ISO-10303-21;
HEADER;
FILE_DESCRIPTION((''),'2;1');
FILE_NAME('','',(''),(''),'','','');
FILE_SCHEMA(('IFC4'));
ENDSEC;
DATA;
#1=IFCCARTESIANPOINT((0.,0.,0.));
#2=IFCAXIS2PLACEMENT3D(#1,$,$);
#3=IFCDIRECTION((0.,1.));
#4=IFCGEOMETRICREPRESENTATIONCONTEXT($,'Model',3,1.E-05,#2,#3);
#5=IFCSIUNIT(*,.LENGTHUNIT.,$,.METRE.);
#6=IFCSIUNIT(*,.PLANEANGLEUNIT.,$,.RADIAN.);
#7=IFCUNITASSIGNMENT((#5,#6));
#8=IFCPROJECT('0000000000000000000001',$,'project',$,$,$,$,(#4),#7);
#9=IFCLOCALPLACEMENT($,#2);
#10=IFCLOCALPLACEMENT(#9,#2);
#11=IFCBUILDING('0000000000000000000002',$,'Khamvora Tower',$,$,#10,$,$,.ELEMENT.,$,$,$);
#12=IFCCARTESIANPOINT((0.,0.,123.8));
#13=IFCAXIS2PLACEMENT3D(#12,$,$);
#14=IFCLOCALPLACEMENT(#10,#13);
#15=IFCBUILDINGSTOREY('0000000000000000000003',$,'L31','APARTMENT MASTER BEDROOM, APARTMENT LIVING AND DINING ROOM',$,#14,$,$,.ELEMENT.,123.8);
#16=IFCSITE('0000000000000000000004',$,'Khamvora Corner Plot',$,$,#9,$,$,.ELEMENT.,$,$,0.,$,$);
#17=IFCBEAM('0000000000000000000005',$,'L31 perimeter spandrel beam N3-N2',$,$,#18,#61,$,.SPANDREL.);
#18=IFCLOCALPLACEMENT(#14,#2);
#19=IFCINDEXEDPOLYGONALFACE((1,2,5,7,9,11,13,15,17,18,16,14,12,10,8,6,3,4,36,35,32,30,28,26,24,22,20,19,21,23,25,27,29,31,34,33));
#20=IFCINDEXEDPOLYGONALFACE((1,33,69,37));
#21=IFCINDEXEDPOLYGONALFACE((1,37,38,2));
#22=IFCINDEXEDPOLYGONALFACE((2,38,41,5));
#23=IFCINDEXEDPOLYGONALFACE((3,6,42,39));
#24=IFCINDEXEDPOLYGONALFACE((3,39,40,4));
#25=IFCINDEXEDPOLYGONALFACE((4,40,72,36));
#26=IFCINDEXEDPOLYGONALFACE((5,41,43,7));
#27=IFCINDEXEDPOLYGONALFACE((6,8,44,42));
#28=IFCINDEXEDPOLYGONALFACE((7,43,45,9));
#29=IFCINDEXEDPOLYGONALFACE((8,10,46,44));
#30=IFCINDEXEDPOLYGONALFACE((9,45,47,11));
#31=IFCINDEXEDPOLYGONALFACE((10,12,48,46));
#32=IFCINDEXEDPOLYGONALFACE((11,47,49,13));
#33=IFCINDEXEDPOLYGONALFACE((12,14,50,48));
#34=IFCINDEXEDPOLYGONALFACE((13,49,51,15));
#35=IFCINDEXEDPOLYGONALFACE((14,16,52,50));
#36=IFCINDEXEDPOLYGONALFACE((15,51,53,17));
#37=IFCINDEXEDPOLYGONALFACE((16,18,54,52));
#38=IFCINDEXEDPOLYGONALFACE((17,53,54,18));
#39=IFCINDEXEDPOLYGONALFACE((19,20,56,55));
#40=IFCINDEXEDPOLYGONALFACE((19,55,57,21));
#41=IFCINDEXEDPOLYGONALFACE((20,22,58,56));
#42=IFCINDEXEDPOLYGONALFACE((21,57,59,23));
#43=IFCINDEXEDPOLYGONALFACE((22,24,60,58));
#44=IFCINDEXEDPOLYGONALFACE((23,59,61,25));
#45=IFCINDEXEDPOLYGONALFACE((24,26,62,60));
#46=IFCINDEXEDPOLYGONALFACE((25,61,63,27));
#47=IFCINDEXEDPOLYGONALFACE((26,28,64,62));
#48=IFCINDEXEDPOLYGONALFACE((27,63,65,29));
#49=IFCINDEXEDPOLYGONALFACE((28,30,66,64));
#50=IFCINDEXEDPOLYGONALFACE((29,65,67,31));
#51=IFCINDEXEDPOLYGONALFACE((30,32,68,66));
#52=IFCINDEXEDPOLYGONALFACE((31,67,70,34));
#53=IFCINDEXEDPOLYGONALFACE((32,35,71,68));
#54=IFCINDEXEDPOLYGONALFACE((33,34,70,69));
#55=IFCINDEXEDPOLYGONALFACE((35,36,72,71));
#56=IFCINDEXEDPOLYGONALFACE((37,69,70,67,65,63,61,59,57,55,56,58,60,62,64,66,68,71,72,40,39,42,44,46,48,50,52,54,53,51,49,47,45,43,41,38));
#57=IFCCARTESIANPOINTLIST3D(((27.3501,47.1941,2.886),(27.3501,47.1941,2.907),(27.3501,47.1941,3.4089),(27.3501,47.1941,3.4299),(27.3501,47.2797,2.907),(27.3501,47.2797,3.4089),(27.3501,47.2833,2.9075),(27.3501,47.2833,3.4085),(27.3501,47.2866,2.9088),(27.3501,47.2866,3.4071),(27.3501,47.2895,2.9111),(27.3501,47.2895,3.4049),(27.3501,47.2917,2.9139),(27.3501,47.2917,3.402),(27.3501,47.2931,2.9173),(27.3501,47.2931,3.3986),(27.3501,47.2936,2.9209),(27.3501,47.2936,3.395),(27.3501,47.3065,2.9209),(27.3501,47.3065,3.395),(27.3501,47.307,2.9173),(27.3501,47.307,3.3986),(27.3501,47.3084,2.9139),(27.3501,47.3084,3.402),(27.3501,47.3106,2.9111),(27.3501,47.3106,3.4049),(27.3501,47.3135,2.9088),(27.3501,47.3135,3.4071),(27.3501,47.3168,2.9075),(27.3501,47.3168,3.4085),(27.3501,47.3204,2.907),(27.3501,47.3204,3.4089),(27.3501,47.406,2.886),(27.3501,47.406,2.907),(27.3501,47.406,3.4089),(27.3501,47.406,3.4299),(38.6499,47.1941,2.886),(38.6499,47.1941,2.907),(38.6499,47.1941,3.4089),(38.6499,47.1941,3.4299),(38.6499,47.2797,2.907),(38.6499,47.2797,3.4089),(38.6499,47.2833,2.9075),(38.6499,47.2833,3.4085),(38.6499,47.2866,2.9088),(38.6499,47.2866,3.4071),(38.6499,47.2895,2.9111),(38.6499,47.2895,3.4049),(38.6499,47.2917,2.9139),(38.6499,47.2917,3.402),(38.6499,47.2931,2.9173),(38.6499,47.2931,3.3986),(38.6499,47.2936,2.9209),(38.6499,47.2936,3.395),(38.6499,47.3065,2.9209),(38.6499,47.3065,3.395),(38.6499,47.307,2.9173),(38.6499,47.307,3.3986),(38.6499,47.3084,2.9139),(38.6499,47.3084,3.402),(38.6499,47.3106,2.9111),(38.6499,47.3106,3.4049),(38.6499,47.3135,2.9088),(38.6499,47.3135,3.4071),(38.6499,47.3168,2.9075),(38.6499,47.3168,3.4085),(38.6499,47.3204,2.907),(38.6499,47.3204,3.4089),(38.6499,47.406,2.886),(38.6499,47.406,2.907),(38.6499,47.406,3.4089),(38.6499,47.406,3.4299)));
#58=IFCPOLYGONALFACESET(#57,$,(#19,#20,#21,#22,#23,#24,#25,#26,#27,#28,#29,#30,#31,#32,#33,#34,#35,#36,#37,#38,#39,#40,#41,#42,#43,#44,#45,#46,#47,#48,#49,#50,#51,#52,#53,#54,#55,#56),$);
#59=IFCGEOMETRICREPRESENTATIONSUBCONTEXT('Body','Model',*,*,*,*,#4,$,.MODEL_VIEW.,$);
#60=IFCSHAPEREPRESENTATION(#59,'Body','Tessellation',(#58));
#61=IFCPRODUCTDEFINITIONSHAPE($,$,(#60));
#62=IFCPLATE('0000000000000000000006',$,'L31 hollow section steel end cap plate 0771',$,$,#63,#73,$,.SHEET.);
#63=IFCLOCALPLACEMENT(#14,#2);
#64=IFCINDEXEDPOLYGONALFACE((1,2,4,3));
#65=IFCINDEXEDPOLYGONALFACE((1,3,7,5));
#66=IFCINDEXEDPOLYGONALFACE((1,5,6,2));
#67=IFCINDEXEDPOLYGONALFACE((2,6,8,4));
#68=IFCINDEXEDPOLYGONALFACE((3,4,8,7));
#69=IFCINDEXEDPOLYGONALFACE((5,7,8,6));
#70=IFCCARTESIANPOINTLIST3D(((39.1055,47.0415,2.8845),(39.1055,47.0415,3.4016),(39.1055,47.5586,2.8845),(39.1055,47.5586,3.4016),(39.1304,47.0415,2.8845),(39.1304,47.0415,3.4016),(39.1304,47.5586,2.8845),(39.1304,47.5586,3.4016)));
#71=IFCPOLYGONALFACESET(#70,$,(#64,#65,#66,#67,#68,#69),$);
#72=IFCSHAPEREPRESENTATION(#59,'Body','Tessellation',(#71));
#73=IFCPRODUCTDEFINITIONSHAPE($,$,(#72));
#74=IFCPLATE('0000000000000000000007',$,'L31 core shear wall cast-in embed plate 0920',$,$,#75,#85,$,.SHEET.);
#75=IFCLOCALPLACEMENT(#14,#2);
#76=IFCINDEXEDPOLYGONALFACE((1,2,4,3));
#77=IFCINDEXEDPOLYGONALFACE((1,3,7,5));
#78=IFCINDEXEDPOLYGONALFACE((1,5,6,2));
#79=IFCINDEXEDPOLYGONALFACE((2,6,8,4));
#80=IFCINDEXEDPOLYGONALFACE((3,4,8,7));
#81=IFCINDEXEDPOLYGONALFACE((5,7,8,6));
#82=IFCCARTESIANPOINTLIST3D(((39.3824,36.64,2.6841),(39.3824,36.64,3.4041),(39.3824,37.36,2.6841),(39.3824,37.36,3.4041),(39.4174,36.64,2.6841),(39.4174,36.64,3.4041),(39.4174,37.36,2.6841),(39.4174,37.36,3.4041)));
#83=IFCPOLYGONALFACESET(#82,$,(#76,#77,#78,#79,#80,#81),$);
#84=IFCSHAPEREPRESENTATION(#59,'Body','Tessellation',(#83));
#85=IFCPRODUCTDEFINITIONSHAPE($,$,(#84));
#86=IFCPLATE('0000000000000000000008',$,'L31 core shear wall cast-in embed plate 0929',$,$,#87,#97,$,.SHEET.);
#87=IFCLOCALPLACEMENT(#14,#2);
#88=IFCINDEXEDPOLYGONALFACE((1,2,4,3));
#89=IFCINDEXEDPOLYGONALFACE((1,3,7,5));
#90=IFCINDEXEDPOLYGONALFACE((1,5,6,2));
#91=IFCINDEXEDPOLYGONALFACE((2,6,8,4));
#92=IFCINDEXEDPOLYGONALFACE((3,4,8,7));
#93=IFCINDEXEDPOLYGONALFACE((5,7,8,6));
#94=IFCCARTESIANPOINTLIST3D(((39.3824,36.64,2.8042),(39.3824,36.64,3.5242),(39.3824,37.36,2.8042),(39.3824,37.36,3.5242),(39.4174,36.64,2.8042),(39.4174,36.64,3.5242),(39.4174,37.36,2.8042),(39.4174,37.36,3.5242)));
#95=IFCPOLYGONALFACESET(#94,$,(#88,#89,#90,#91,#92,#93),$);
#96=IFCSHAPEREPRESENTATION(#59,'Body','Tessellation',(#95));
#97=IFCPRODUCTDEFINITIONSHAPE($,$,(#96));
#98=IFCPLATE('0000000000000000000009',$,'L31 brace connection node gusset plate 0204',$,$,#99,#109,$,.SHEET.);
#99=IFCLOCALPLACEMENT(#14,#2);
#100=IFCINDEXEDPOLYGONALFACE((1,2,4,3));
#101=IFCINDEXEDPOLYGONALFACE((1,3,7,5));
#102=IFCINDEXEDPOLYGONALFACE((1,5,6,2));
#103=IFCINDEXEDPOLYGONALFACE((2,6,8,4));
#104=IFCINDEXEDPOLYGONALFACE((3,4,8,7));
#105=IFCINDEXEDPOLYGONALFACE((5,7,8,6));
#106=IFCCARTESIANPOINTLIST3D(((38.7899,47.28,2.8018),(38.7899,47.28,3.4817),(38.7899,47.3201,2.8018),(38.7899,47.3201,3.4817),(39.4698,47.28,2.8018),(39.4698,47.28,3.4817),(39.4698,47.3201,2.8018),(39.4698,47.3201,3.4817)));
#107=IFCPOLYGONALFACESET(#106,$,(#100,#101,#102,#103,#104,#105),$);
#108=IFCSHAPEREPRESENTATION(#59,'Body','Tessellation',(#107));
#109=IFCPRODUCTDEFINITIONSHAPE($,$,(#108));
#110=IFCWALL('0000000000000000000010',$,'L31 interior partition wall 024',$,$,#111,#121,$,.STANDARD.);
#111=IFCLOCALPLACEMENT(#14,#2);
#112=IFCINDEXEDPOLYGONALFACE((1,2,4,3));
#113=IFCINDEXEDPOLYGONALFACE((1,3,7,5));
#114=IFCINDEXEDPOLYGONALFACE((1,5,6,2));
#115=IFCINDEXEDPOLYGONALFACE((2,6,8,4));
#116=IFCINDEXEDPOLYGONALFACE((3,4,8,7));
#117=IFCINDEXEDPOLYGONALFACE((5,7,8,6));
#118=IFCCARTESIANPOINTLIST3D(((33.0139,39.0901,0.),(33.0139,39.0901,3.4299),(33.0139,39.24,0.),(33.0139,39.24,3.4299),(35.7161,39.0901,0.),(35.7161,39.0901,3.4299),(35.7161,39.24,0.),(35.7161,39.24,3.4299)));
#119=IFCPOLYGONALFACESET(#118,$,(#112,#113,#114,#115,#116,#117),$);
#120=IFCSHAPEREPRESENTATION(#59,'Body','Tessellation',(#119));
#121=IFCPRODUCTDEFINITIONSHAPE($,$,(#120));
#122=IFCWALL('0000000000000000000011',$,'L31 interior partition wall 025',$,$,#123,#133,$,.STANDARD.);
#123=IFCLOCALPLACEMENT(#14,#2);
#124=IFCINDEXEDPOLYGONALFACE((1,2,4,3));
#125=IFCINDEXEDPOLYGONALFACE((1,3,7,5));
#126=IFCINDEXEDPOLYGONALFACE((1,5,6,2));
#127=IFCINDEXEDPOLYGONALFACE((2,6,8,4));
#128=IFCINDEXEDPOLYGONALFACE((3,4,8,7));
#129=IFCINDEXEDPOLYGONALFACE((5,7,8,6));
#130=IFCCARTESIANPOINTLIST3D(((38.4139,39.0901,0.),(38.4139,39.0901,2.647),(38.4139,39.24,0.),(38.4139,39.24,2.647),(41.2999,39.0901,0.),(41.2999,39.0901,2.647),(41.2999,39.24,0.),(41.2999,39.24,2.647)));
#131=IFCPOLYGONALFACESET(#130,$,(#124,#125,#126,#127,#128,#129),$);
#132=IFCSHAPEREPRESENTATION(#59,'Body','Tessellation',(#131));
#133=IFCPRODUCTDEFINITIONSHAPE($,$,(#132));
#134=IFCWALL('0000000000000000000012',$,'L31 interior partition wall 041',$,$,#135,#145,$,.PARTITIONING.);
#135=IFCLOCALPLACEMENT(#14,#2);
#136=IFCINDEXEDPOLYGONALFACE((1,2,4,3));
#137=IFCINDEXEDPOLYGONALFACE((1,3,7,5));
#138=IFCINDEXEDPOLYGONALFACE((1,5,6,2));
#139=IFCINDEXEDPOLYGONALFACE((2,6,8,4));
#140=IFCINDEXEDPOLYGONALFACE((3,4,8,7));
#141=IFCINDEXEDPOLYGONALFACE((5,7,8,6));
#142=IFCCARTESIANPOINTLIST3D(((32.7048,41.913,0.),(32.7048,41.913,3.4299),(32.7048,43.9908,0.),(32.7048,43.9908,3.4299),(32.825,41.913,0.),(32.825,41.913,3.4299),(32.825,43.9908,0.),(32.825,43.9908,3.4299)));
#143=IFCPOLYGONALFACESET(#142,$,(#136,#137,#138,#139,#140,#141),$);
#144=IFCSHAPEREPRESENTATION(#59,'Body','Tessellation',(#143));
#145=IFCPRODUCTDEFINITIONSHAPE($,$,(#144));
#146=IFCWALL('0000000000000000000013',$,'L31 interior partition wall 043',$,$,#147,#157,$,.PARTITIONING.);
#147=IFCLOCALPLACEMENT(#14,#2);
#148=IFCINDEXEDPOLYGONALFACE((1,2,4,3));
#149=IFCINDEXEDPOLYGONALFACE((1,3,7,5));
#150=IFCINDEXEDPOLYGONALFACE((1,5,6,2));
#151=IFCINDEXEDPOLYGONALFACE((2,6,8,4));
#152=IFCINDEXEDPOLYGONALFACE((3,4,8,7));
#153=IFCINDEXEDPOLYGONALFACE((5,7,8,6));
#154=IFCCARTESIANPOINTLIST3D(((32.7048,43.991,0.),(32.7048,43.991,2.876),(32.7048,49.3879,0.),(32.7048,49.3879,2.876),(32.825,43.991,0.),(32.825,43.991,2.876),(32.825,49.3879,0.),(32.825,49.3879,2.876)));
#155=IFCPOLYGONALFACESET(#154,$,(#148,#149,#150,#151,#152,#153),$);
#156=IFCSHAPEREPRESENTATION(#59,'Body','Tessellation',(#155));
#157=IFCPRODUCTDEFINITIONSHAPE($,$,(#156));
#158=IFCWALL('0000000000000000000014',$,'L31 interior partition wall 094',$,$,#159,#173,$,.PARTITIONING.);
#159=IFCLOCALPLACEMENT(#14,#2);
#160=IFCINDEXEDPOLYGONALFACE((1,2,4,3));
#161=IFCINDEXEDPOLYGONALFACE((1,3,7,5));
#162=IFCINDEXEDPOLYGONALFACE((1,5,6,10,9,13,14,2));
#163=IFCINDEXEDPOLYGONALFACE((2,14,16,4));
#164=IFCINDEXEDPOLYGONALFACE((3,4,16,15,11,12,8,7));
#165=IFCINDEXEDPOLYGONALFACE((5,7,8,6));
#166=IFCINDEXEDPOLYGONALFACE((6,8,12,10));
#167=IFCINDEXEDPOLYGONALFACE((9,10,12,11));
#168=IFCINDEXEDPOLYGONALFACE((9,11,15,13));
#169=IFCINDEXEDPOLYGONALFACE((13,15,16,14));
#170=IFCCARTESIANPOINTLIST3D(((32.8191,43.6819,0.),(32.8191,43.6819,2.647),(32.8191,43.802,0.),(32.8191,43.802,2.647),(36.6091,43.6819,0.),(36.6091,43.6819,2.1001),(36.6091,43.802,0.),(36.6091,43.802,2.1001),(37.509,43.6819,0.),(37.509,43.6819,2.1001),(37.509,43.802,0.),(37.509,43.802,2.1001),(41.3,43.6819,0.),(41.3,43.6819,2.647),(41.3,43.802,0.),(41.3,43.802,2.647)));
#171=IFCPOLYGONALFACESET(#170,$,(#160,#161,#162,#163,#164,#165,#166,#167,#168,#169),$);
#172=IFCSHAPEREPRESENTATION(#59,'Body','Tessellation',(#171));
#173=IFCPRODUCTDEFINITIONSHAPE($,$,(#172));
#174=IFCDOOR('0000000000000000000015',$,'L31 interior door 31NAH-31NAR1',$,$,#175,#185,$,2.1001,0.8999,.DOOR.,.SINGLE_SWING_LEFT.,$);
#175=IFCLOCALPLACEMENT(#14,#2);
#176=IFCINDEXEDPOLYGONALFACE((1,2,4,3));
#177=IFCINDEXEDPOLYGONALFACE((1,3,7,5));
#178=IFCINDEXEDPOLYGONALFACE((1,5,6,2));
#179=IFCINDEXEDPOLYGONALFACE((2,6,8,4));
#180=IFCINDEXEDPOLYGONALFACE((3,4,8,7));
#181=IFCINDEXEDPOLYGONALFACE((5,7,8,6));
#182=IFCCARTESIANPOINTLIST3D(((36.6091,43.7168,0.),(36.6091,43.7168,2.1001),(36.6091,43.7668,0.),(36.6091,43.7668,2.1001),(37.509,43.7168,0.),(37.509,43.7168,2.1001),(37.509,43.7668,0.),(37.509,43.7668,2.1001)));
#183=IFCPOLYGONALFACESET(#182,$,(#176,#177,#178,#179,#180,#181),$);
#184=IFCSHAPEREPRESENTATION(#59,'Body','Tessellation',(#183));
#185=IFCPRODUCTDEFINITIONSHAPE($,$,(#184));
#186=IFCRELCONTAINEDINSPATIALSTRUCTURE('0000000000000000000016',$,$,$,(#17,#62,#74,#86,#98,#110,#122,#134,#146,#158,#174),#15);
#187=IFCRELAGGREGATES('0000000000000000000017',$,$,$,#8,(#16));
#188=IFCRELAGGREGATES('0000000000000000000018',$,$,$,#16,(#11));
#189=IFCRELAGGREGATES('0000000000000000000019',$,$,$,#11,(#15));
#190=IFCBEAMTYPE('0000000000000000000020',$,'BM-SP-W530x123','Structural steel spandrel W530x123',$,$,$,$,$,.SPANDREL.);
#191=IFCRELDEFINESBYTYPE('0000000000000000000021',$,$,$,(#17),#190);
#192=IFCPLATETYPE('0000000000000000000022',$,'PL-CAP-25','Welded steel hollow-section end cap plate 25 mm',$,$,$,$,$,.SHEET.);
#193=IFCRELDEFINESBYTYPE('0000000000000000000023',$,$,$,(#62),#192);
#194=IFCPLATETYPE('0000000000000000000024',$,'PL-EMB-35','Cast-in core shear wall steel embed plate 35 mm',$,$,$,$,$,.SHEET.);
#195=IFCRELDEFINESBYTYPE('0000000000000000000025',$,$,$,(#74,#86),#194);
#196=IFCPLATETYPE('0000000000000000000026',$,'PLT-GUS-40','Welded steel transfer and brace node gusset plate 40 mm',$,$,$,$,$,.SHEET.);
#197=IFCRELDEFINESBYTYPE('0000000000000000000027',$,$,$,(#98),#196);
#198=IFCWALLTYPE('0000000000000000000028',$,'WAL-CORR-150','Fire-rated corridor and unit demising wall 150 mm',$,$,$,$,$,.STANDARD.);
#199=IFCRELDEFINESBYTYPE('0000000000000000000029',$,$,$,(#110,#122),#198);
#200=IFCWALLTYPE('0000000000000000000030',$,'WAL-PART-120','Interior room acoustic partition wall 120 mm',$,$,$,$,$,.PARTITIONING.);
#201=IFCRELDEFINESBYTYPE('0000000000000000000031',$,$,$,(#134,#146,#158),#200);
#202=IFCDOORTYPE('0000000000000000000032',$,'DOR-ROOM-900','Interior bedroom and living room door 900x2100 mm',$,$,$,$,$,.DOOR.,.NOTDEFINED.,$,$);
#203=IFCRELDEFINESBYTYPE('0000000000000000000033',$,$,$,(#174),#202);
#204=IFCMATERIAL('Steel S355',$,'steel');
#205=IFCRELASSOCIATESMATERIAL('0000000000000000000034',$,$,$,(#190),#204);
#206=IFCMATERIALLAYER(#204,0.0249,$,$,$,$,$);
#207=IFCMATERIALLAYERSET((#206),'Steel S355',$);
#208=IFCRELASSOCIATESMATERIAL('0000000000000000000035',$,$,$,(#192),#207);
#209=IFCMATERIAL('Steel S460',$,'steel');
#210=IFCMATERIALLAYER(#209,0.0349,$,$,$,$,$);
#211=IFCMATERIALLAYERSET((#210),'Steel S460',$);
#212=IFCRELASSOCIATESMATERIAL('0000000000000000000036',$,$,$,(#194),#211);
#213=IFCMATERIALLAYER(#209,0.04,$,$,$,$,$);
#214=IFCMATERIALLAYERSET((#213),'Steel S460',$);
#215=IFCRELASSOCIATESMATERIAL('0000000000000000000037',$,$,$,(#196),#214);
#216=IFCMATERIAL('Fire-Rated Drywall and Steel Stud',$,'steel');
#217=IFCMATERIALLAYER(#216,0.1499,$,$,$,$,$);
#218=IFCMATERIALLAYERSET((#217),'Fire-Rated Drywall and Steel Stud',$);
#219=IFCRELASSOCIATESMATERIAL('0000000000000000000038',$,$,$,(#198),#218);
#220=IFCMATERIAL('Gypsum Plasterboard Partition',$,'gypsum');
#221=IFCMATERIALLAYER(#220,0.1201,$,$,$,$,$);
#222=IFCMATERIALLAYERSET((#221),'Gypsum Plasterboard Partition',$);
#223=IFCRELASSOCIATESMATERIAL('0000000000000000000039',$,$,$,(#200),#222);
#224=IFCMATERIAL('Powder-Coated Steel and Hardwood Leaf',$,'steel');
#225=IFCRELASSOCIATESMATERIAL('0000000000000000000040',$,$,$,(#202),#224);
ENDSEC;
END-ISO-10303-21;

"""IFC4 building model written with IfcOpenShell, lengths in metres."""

from ifc_helpers import new_model, si_unit, direction, frame, frame_2d, origin, origin_2d, place, context, subcontext, project, spatial, rectangle, i_section, extrude, material, layer, layer_set, material_profile, profile_set, type_object, element, fill, save


model = new_model("IFC4")

# Units and contexts
model_context = context("Model", 3, precision=1e-05, world=origin(), true_north=direction((0.0, 1.0)))
body_context = subcontext(model_context, "Body", "Model", "MODEL_VIEW")
ifc_project = project(units=[si_unit("LENGTHUNIT", "METRE"), si_unit("PLANEANGLEUNIT", "RADIAN")], contexts=[model_context])

# Site, building, storey
site_placement = place(None, origin())
site = spatial("IfcSite", under=ifc_project, at=site_placement, Name="Khamvora Corner Plot", CompositionType="ELEMENT", RefElevation=0.0)
building_placement = place(site_placement, origin())
building = spatial("IfcBuilding", under=site, at=building_placement, Name="Khamvora Tower", CompositionType="ELEMENT")
storey_placement = place(building_placement, frame((0.0, 0.0, 123.8)))
storey = spatial("IfcBuildingStorey", under=building, at=storey_placement, Name="L31", Description="APARTMENT MASTER BEDROOM, APARTMENT LIVING AND DINING ROOM", CompositionType="ELEMENT", Elevation=123.8)

# Shared definitions
ifc_material_1 = material(Name="Steel S355", Category="steel")
ifc_material_2 = material(Name="Steel S460", Category="steel")

# Beam
ifc_material_profile_1 = material_profile(ifc_material_1, i_section(OverallWidth=0.2119, OverallDepth=0.5439, WebThickness=0.0129, FlangeThickness=0.021, FilletRadius=0.0139, at=origin_2d()), Name="W530x123")
ifc_profile_set_1 = profile_set([ifc_material_profile_1], Name="Steel S355")
beam_type_1 = type_object("IfcBeamType", Name="BM-SP-W530x123", Description="Structural steel spandrel W530x123", PredefinedType="SPANDREL", material=ifc_profile_set_1)
beam_1_placement = place(storey_placement, frame((38.6499, 47.3, 3.158), z_axis=(-1.0, 0.0, 0.0), x_axis=(0.0, -1.0, 0.0)))
element("IfcBeam", 1, at=beam_1_placement, inside=storey, type_object=beam_type_1, Name="L31 perimeter spandrel beam N3-N2", PredefinedType="SPANDREL", context=body_context, shape_type="SweptSolid", body=[
    extrude(i_section(OverallWidth=0.2119, OverallDepth=0.5439, WebThickness=0.0129, FlangeThickness=0.021, FilletRadius=0.0139, at=origin_2d()), origin(), (0.0, 0.0, 1.0), 11.2998),
])

# Plates
ifc_layer_1 = layer(ifc_material_1, 0.0249)
ifc_layer_set_1 = layer_set([ifc_layer_1], Name="Steel S355")
plate_type_1 = type_object("IfcPlateType", Name="PL-CAP-25", Description="Welded steel hollow-section end cap plate 25 mm", PredefinedType="SHEET", material=ifc_layer_set_1)
plate_1_placement = place(storey_placement, frame((39.1179, 47.3, 2.8845), z_axis=(0.0, 0.0, 1.0), x_axis=(-1.0, 0.0, 0.0)))
element("IfcPlate", 2, at=plate_1_placement, inside=storey, type_object=plate_type_1, Name="L31 hollow section steel end cap plate 0771", PredefinedType="SHEET", context=body_context, shape_type="SweptSolid", body=[
    extrude(rectangle(XDim=0.0249, YDim=0.5171, at=origin_2d()), origin(), (0.0, 0.0, 1.0), 0.5171),
])
ifc_layer_2 = layer(ifc_material_2, 0.0349)
ifc_layer_set_2 = layer_set([ifc_layer_2], Name="Steel S460")
plate_type_2 = type_object("IfcPlateType", Name="PL-EMB-35", Description="Cast-in core shear wall steel embed plate 35 mm", PredefinedType="SHEET", material=ifc_layer_set_2)
for number, where, z_axis, x_axis, name in (
    (3, (39.3999, 37.0, 2.6841), (0.0, 0.0, 1.0), (1.0, 0.0, 0.0), "L31 core shear wall cast-in embed plate 0920"),
    (4, (39.3999, 37.0, 2.8042), (0.0, 0.0, 1.0), (1.0, 0.0, 0.0), "L31 core shear wall cast-in embed plate 0929"),
):
    element("IfcPlate", number, at=place(storey_placement, frame(where, z_axis=z_axis, x_axis=x_axis)), inside=storey, type_object=plate_type_2, Name=name, PredefinedType="SHEET", context=body_context, shape_type="SweptSolid", body=[
        extrude(rectangle(XDim=0.0349, YDim=0.72, at=origin_2d()), origin(), (0.0, 0.0, 1.0), 0.72),
    ])
ifc_layer_3 = layer(ifc_material_2, 0.04)
ifc_layer_set_3 = layer_set([ifc_layer_3], Name="Steel S460")
plate_type_3 = type_object("IfcPlateType", Name="PLT-GUS-40", Description="Welded steel transfer and brace node gusset plate 40 mm", PredefinedType="SHEET", material=ifc_layer_set_3)
plate_2_placement = place(storey_placement, frame((39.1299, 47.3, 2.8018), z_axis=(0.0, 0.0, 1.0), x_axis=(1.0, 0.0, 0.0)))
element("IfcPlate", 5, at=plate_2_placement, inside=storey, type_object=plate_type_3, Name="L31 brace connection node gusset plate 0204", PredefinedType="SHEET", context=body_context, shape_type="SweptSolid", body=[
    extrude(rectangle(XDim=0.6799, YDim=0.04, at=origin_2d()), origin(), (0.0, 0.0, 1.0), 0.6799),
])

# Shared definitions
ifc_material_3 = material(Name="Fire-Rated Drywall and Steel Stud", Category="steel")
ifc_layer_4 = layer(ifc_material_3, 0.1499)
ifc_layer_set_4 = layer_set([ifc_layer_4], Name="Fire-Rated Drywall and Steel Stud")
wall_type_1 = type_object("IfcWallType", Name="WAL-CORR-150", Description="Fire-rated corridor and unit demising wall 150 mm", PredefinedType="STANDARD", material=ifc_layer_set_4)
ifc_material_4 = material(Name="Powder-Coated Steel and Hardwood Leaf", Category="steel")

# Walls
wall_1_placement = place(storey_placement, frame((33.0139, 39.165, 0.0), z_axis=(0.0, 0.0, 1.0), x_axis=(1.0, 0.0, 0.0)))
element("IfcWall", 6, at=wall_1_placement, inside=storey, type_object=wall_type_1, Name="L31 interior partition wall 024", PredefinedType="STANDARD", context=body_context, shape_type="SweptSolid", body=[
    extrude(rectangle(XDim=2.7021, YDim=0.1499, at=frame_2d((1.3511, 0.0))), origin(), (0.0, 0.0, 1.0), 3.4299),
])
wall_2_placement = place(storey_placement, frame((38.4141, 39.165, 0.0), z_axis=(0.0, 0.0, 1.0), x_axis=(1.0, 0.0, 0.0)))
element("IfcWall", 7, at=wall_2_placement, inside=storey, type_object=wall_type_1, Name="L31 interior partition wall 025", PredefinedType="STANDARD", context=body_context, shape_type="SweptSolid", body=[
    extrude(rectangle(XDim=2.886, YDim=0.1499, at=frame_2d((1.4429, 0.0))), origin(), (0.0, 0.0, 1.0), 2.647),
])
ifc_material_5 = material(Name="Gypsum Plasterboard Partition", Category="gypsum")
ifc_layer_5 = layer(ifc_material_5, 0.1201)
ifc_layer_set_5 = layer_set([ifc_layer_5], Name="Gypsum Plasterboard Partition")
wall_type_2 = type_object("IfcWallType", Name="WAL-PART-120", Description="Interior room acoustic partition wall 120 mm", PredefinedType="PARTITIONING", material=ifc_layer_set_5)
wall_3_placement = place(storey_placement, frame((32.7649, 43.991, 0.0), z_axis=(0.0, 0.0, 1.0), x_axis=(0.0, -1.0, 0.0)))
element("IfcWall", 8, at=wall_3_placement, inside=storey, type_object=wall_type_2, Name="L31 interior partition wall 041", PredefinedType="PARTITIONING", context=body_context, shape_type="SweptSolid", body=[
    extrude(rectangle(XDim=2.0779, YDim=0.1201, at=frame_2d((1.0391, 0.0))), origin(), (0.0, 0.0, 1.0), 3.4299),
])
wall_4_placement = place(storey_placement, frame((32.7649, 49.3879, 0.0), z_axis=(0.0, 0.0, 1.0), x_axis=(0.0, -1.0, 0.0)))
element("IfcWall", 9, at=wall_4_placement, inside=storey, type_object=wall_type_2, Name="L31 interior partition wall 043", PredefinedType="PARTITIONING", context=body_context, shape_type="SweptSolid", body=[
    extrude(rectangle(XDim=5.397, YDim=0.1201, at=frame_2d((2.6985, 0.0))), origin(), (0.0, 0.0, 1.0), 2.876),
])

# Wall, opening, door
wall_5_placement = place(storey_placement, frame((32.8191, 43.7419, 0.0), z_axis=(0.0, 0.0, 1.0), x_axis=(1.0, 0.0, 0.0)))
wall_5 = element("IfcWall", 10, at=wall_5_placement, inside=storey, type_object=wall_type_2, Name="L31 interior partition wall 094", PredefinedType="PARTITIONING", context=body_context, shape_type="SweptSolid", body=[
    extrude(rectangle(XDim=8.481, YDim=0.1201, at=frame_2d((4.2405, 0.0))), origin(), (0.0, 0.0, 1.0), 2.647),
])
opening_1_placement = place(wall_5_placement, frame((3.79, 0.0, 0.0)))
opening_1 = element("IfcOpeningElement", 11, at=opening_1_placement, cuts=wall_5, PredefinedType="OPENING", context=body_context, shape_type="SweptSolid", body=[
    extrude(rectangle(XDim=0.8999, YDim=2.1001, at=frame_2d((0.45, 1.05))), frame((0.0, 0.0701, 0.0), z_axis=(0.0, -1.0, 0.0), x_axis=(1.0, 0.0, 0.0)), (0.0, 0.0, 1.0), 0.1401),
])
door_type_1 = type_object("IfcDoorType", Name="DOR-ROOM-900", Description="Interior bedroom and living room door 900x2100 mm", OperationType="NOTDEFINED", PredefinedType="DOOR", material=ifc_material_4)
door_1_placement = place(opening_1_placement, origin())
door_1 = element("IfcDoor", 12, at=door_1_placement, inside=storey, type_object=door_type_1, Name="L31 interior door 31NAH-31NAR1", OperationType="SINGLE_SWING_LEFT", OverallHeight=2.1001, OverallWidth=0.8999, PredefinedType="DOOR", context=body_context, shape_type="SweptSolid", body=[
    extrude(rectangle(XDim=0.8999, YDim=2.1001, at=frame_2d((0.45, 1.05))), frame((0.0, 0.0249, 0.0), z_axis=(0.0, -1.0, 0.0), x_axis=(1.0, 0.0, 0.0)), (0.0, 0.0, 1.0), 0.05),
])
fill(opening_1, door_1)

save(model, "model.ifc")
